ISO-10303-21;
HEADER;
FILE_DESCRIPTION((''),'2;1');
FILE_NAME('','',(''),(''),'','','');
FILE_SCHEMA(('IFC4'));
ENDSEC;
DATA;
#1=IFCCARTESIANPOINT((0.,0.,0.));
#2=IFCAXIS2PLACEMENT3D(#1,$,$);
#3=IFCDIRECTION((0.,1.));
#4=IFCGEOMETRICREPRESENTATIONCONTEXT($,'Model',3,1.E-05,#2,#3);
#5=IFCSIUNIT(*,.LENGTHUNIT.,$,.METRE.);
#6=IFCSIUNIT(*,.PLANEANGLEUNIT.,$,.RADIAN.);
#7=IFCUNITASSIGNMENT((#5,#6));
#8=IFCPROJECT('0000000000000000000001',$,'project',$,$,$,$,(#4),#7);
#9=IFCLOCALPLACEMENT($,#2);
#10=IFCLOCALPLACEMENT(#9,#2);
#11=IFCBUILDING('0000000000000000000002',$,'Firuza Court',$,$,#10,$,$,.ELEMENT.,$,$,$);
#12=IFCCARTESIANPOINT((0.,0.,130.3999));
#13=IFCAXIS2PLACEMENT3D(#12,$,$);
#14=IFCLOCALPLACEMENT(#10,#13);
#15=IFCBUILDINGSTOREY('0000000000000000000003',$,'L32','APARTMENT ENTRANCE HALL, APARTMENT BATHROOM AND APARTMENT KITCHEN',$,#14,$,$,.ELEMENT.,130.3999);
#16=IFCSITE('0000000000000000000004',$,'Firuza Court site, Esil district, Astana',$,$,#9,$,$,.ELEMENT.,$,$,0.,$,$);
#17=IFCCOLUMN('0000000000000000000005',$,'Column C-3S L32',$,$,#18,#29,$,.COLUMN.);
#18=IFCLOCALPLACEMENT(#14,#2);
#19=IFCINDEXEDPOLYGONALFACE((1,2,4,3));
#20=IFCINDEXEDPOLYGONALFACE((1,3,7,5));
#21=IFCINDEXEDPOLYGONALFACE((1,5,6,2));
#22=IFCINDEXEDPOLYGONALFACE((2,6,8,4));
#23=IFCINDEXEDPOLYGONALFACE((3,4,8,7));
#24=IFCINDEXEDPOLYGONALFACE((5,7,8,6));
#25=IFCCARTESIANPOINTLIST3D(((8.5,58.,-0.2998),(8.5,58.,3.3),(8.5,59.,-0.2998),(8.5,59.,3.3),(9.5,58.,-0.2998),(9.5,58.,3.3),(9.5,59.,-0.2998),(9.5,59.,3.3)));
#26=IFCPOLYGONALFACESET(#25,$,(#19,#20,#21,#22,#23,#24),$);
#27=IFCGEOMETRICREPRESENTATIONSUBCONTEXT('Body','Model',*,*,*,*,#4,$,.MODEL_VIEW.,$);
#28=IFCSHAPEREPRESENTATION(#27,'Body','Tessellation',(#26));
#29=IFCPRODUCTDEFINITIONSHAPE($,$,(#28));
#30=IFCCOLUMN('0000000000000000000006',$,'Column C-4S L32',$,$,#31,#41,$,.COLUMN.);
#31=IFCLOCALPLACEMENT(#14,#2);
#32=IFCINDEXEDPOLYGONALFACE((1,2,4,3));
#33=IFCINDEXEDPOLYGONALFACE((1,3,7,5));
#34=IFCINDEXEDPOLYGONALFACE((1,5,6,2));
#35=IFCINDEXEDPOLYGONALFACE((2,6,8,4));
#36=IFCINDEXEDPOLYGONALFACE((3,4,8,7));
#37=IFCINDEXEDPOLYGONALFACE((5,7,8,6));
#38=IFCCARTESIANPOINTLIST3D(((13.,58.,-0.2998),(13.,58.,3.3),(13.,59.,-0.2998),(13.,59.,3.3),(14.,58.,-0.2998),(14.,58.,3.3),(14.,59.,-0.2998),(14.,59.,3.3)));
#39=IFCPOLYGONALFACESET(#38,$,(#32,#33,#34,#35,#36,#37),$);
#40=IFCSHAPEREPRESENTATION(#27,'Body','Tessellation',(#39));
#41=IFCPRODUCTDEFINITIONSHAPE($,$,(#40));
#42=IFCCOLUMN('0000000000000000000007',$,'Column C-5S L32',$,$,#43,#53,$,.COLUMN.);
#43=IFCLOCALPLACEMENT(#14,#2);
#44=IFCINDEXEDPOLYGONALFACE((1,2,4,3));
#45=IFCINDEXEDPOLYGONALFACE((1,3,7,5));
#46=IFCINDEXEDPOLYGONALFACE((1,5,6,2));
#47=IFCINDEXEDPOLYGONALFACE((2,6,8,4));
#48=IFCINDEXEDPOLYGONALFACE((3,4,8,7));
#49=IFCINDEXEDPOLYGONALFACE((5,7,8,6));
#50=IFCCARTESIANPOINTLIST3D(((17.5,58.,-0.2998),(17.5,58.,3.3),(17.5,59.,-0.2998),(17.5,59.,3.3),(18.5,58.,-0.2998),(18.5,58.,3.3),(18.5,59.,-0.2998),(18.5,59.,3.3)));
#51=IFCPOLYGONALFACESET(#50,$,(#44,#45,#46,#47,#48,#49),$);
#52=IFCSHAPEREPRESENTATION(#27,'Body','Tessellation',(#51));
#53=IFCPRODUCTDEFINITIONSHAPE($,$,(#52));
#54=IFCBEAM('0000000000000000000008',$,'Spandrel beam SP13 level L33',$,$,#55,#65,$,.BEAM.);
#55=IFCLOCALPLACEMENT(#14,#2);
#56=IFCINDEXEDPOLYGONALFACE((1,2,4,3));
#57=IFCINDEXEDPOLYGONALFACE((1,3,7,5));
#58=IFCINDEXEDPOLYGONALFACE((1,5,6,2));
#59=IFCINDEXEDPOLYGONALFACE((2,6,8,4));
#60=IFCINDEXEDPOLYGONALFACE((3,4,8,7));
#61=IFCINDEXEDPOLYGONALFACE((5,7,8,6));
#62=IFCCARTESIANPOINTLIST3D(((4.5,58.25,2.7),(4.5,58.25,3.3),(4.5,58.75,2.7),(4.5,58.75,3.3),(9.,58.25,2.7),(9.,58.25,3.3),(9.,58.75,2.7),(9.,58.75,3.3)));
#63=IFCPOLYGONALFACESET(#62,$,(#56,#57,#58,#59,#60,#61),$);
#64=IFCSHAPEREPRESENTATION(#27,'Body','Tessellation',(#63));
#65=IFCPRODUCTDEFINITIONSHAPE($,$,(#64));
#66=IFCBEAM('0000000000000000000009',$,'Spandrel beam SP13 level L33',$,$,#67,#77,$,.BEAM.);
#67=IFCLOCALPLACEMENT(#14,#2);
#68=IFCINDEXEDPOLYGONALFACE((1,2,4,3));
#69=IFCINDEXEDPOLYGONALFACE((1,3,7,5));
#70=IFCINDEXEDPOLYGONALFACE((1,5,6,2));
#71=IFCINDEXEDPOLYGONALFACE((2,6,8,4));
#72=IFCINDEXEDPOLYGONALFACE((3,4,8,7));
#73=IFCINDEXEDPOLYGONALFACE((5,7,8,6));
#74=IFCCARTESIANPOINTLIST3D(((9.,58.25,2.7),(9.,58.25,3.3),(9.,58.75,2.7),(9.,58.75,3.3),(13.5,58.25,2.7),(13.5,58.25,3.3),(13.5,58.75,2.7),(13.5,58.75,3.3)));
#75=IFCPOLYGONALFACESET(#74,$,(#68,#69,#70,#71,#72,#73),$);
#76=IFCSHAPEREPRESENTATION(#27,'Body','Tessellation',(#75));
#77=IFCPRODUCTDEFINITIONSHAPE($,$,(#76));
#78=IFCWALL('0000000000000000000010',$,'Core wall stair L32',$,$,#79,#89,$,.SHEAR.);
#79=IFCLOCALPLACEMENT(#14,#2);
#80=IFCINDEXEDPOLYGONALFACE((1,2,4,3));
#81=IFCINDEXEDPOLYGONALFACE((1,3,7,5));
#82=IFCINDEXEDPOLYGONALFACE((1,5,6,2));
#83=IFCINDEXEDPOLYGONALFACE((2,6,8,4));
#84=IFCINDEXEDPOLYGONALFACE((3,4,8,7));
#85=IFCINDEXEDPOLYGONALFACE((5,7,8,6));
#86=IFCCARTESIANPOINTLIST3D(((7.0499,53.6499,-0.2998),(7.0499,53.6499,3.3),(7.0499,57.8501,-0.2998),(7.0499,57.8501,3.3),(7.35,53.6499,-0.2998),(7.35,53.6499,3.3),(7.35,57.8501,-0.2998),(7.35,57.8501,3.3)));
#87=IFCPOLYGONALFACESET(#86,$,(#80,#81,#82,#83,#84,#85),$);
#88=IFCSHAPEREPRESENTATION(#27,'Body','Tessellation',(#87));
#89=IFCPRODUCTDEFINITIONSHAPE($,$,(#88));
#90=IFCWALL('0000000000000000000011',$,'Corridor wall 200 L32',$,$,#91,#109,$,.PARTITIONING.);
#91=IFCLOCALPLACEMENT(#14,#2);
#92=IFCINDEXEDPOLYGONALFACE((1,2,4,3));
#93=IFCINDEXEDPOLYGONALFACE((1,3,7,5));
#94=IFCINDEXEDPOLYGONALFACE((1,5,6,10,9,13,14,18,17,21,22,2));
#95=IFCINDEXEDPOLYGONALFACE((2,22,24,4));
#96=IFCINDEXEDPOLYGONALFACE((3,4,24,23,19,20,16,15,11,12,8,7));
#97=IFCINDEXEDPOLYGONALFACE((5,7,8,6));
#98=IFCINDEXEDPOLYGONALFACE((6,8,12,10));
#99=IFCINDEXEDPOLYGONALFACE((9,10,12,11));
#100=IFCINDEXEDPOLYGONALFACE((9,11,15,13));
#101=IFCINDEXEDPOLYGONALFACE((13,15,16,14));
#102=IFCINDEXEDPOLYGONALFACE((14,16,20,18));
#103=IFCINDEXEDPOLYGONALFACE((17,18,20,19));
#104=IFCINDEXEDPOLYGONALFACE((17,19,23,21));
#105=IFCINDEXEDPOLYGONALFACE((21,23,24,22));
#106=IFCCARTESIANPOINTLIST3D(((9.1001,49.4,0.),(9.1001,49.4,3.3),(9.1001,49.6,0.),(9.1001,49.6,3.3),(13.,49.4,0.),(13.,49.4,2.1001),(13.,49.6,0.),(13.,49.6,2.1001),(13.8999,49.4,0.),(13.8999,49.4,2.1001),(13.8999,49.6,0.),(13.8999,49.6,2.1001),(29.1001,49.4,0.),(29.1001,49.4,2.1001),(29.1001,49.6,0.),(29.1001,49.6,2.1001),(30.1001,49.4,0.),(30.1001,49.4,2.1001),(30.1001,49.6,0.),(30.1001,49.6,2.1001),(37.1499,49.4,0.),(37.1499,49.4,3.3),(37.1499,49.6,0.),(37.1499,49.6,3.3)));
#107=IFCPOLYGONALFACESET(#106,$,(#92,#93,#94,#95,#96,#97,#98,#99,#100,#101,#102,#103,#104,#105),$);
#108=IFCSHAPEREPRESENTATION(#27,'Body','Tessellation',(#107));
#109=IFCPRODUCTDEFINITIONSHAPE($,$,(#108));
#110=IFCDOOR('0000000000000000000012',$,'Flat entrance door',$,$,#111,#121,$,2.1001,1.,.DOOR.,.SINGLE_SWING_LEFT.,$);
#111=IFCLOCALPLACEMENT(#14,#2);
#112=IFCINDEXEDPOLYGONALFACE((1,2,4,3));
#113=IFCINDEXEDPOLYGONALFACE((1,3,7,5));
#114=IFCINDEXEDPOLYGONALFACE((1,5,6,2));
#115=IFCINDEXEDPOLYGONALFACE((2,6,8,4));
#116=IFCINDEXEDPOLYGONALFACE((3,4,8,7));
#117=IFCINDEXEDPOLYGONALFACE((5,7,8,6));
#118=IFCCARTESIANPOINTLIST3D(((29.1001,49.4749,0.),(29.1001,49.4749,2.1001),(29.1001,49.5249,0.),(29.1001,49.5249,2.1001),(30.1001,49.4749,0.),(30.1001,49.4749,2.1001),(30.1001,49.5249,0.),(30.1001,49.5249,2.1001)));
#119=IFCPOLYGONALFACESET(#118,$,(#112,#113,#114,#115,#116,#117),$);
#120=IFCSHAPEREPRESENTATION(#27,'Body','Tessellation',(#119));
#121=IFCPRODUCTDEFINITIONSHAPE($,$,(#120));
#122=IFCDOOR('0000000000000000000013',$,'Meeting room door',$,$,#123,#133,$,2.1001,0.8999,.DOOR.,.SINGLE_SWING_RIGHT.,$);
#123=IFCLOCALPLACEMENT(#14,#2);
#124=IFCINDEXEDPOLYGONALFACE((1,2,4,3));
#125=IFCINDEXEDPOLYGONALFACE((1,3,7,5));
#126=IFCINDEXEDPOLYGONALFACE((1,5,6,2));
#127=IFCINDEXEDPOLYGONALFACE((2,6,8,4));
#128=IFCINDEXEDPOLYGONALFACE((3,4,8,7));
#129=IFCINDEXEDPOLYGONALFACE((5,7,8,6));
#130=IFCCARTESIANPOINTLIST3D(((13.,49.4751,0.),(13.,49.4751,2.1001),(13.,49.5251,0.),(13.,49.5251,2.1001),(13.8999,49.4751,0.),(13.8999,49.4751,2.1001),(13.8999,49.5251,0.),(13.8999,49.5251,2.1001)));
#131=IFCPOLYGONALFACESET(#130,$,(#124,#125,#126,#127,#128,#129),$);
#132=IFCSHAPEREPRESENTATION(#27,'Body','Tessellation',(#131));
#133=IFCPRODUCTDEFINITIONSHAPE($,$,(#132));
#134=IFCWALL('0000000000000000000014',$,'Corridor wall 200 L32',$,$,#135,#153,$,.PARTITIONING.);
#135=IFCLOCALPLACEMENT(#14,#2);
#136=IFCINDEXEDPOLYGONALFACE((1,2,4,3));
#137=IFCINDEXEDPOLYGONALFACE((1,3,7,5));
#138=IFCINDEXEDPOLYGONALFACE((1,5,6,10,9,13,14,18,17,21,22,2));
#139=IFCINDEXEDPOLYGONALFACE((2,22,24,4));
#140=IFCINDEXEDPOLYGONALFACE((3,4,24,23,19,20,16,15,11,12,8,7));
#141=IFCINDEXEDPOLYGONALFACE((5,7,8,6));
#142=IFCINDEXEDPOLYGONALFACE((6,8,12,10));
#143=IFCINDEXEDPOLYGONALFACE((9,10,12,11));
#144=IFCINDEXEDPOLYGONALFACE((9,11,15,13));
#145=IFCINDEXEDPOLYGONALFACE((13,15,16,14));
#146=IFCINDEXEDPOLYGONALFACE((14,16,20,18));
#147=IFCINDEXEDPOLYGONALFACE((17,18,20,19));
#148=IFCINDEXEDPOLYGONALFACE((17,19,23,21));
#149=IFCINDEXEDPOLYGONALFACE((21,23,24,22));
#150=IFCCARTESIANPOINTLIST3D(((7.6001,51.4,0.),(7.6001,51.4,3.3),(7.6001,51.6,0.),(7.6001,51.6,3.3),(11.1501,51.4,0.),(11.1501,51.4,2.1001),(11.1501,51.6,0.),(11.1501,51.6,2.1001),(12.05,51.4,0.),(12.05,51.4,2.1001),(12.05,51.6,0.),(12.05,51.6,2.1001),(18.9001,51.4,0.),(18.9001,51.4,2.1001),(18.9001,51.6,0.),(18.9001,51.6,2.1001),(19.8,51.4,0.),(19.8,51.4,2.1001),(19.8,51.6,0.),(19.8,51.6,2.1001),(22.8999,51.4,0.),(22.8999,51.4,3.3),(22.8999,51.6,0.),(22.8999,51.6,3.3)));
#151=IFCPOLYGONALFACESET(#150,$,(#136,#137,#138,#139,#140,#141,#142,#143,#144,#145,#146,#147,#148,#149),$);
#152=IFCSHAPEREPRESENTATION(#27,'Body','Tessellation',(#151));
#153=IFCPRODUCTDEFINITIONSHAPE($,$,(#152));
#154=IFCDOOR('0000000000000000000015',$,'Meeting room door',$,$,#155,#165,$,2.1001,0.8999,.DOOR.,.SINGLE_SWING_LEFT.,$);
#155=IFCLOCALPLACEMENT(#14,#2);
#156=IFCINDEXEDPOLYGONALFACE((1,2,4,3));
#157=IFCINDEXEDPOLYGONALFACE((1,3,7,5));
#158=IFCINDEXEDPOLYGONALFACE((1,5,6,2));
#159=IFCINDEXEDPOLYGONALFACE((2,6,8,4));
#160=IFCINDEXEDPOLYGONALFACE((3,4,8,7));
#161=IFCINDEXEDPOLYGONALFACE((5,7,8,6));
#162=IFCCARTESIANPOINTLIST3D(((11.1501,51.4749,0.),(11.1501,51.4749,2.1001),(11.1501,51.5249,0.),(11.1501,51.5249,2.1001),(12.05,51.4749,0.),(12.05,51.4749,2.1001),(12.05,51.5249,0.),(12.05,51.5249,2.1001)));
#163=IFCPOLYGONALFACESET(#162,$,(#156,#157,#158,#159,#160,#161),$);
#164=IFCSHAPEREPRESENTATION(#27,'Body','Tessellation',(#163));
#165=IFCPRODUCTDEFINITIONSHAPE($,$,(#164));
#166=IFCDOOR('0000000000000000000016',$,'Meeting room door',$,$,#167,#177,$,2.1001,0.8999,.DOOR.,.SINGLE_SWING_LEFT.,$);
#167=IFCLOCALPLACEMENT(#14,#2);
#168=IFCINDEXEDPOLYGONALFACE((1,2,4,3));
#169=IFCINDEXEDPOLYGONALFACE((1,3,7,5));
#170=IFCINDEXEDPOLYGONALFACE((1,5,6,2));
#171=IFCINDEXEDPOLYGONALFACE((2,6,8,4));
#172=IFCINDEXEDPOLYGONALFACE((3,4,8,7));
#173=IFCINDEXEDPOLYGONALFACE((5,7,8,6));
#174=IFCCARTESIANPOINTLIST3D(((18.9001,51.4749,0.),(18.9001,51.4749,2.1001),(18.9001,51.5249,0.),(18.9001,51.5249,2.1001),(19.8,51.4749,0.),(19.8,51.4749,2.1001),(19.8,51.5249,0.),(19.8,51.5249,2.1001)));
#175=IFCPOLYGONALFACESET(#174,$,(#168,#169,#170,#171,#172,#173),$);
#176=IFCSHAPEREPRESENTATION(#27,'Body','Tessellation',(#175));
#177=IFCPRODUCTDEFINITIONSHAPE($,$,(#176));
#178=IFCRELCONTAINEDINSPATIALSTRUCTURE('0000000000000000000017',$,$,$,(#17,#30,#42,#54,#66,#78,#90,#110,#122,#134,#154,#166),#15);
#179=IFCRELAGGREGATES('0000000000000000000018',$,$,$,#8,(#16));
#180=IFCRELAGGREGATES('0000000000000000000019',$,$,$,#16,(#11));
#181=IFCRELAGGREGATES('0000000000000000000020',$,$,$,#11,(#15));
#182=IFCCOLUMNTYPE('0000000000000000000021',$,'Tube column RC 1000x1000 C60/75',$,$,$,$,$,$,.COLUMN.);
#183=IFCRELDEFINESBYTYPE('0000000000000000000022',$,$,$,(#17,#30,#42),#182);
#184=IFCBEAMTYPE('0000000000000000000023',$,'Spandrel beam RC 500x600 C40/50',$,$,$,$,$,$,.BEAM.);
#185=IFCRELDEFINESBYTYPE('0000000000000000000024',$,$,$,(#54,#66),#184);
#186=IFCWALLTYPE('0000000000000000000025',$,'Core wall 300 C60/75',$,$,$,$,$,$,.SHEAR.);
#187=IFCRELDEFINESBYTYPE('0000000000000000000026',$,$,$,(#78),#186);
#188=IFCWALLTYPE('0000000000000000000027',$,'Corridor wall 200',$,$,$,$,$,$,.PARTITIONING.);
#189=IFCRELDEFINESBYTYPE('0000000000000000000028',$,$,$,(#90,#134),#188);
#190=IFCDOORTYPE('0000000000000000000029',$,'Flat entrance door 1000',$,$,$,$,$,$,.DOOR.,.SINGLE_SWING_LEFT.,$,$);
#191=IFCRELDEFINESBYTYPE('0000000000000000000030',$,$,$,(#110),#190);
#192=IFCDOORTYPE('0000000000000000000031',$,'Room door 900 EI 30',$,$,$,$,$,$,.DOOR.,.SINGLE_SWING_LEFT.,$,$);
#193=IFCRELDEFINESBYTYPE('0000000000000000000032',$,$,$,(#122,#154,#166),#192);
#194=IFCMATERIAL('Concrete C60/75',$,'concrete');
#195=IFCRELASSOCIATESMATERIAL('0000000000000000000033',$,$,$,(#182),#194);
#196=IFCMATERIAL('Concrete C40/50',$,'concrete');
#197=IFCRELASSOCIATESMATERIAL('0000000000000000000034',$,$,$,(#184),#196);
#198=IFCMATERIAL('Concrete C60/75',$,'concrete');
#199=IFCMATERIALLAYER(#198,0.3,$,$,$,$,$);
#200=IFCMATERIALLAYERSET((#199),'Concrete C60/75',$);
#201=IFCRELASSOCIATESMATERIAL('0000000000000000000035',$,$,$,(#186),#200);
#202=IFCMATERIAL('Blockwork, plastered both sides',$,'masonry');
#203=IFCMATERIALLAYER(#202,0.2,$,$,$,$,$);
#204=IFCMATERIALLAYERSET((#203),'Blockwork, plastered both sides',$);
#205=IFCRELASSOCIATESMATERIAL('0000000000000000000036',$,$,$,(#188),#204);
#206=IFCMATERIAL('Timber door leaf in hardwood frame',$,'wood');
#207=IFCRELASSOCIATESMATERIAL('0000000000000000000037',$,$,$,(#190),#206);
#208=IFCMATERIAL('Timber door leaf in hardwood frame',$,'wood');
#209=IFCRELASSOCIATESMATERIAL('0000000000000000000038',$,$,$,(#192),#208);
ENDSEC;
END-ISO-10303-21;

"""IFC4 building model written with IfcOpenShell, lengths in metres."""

from ifc_helpers import new_model, si_unit, direction, frame, frame_2d, origin, origin_2d, place, context, subcontext, project, spatial, rectangle, extrude, material, layer, layer_set, material_profile, profile_set, type_object, element, fill, save


model = new_model("IFC4")

# Units and contexts
model_context = context("Model", 3, precision=1e-05, world=origin(), true_north=direction((0.0, 1.0)))
body_context = subcontext(model_context, "Body", "Model", "MODEL_VIEW")
ifc_project = project(units=[si_unit("LENGTHUNIT", "METRE"), si_unit("PLANEANGLEUNIT", "RADIAN")], contexts=[model_context])

# Site, building, storey
site_placement = place(None, origin())
site = spatial("IfcSite", under=ifc_project, at=site_placement, Name="Firuza Court site, Esil district, Astana", CompositionType="ELEMENT", RefElevation=0.0)
building_placement = place(site_placement, origin())
building = spatial("IfcBuilding", under=site, at=building_placement, Name="Firuza Court", CompositionType="ELEMENT")
storey_placement = place(building_placement, frame((0.0, 0.0, 130.3999)))
storey = spatial("IfcBuildingStorey", under=building, at=storey_placement, Name="L32", Description="APARTMENT ENTRANCE HALL, APARTMENT BATHROOM AND APARTMENT KITCHEN", CompositionType="ELEMENT", Elevation=130.3999)

# Columns
ifc_material_1 = material(Name="Concrete C60/75", Category="concrete")
ifc_material_profile_1 = material_profile(ifc_material_1, rectangle(XDim=1.0, YDim=1.0, at=origin_2d()), Name="RC 1000x1000")
ifc_profile_set_1 = profile_set([ifc_material_profile_1], Name="Concrete C60/75")
column_type = type_object("IfcColumnType", Name="Tube column RC 1000x1000 C60/75", PredefinedType="COLUMN", material=ifc_profile_set_1)
for number, where, z_axis, x_axis, name in (
    (1, (9.0, 58.5, -0.2998), (0.0, 0.0, 1.0), (1.0, 0.0, 0.0), "Column C-3S L32"),
    (2, (13.5, 58.5, -0.2998), (0.0, 0.0, 1.0), (1.0, 0.0, 0.0), "Column C-4S L32"),
    (3, (18.0, 58.5, -0.2998), (0.0, 0.0, 1.0), (1.0, 0.0, 0.0), "Column C-5S L32"),
):
    element("IfcColumn", number, at=place(storey_placement, frame(where, z_axis=z_axis, x_axis=x_axis)), inside=storey, type_object=column_type, Name=name, PredefinedType="COLUMN", context=body_context, shape_type="SweptSolid", body=[
        extrude(rectangle(XDim=1.0, YDim=1.0, at=origin_2d()), origin(), (0.0, 0.0, 1.0), 3.5999),
    ])

# Beams
ifc_material_2 = material(Name="Concrete C40/50", Category="concrete")
ifc_material_profile_2 = material_profile(ifc_material_2, rectangle(XDim=0.5, YDim=0.6001, at=origin_2d()), Name="RC 500x600")
ifc_profile_set_2 = profile_set([ifc_material_profile_2], Name="Concrete C40/50")
beam_type = type_object("IfcBeamType", Name="Spandrel beam RC 500x600 C40/50", PredefinedType="BEAM", material=ifc_profile_set_2)
for number, where, z_axis, x_axis, name in (
    (4, (9.0, 58.5, 3.0), (-1.0, 0.0, 0.0), (0.0, -1.0, 0.0), "Spandrel beam SP13 level L33"),
    (5, (13.5, 58.5, 3.0), (-1.0, 0.0, 0.0), (0.0, -1.0, 0.0), "Spandrel beam SP13 level L33"),
):
    element("IfcBeam", number, at=place(storey_placement, frame(where, z_axis=z_axis, x_axis=x_axis)), inside=storey, type_object=beam_type, Name=name, PredefinedType="BEAM", context=body_context, shape_type="SweptSolid", body=[
        extrude(rectangle(XDim=0.5, YDim=0.6001, at=origin_2d()), origin(), (0.0, 0.0, 1.0), 4.5),
    ])

# Wall
ifc_material_3 = material(Name="Concrete C60/75", Category="concrete")
ifc_layer_1 = layer(ifc_material_3, 0.3)
ifc_layer_set_1 = layer_set([ifc_layer_1], Name="Concrete C60/75")
wall_type_1 = type_object("IfcWallType", Name="Core wall 300 C60/75", PredefinedType="SHEAR", material=ifc_layer_set_1)
wall_1_placement = place(storey_placement, frame((7.2, 53.6499, -0.2998), z_axis=(0.0, 0.0, 1.0), x_axis=(0.0, 1.0, 0.0)))
element("IfcWall", 6, at=wall_1_placement, inside=storey, type_object=wall_type_1, Name="Core wall stair L32", PredefinedType="SHEAR", context=body_context, shape_type="SweptSolid", body=[
    extrude(rectangle(XDim=4.2002, YDim=0.3, at=frame_2d((2.1001, 0.0))), origin(), (0.0, 0.0, 1.0), 3.5999),
])

# Walls, openings, doors
ifc_material_4 = material(Name="Blockwork, plastered both sides", Category="masonry")
ifc_layer_2 = layer(ifc_material_4, 0.2)
ifc_layer_set_2 = layer_set([ifc_layer_2], Name="Blockwork, plastered both sides")
wall_type_2 = type_object("IfcWallType", Name="Corridor wall 200", PredefinedType="PARTITIONING", material=ifc_layer_set_2)
wall_2_placement = place(storey_placement, frame((9.1001, 49.5, 0.0), z_axis=(0.0, 0.0, 1.0), x_axis=(1.0, 0.0, 0.0)))
wall_2 = element("IfcWall", 7, at=wall_2_placement, inside=storey, type_object=wall_type_2, Name="Corridor wall 200 L32", PredefinedType="PARTITIONING", context=body_context, shape_type="SweptSolid", body=[
    extrude(rectangle(XDim=28.0498, YDim=0.2, at=frame_2d((14.0249, 0.0))), origin(), (0.0, 0.0, 1.0), 3.3),
])
opening_1_placement = place(wall_2_placement, frame((20.0, 0.0, 0.0)))
opening_1 = element("IfcOpeningElement", 8, at=opening_1_placement, cuts=wall_2, PredefinedType="OPENING", context=body_context, shape_type="SweptSolid", body=[
    extrude(rectangle(XDim=1.0, YDim=2.1001, at=frame_2d((0.5, 1.05))), frame((0.0, 0.1118, 0.0), z_axis=(0.0, -1.0, 0.0), x_axis=(1.0, 0.0, 0.0)), (0.0, 0.0, 1.0), 0.2239),
])
opening_2_placement = place(wall_2_placement, frame((3.8999, 0.0, 0.0)))
opening_2 = element("IfcOpeningElement", 9, at=opening_2_placement, cuts=wall_2, PredefinedType="OPENING", context=body_context, shape_type="SweptSolid", body=[
    extrude(rectangle(XDim=0.8999, YDim=2.1001, at=frame_2d((0.45, 1.05))), frame((0.0, 0.1118, 0.0), z_axis=(0.0, -1.0, 0.0), x_axis=(1.0, 0.0, 0.0)), (0.0, 0.0, 1.0), 0.2239),
])
ifc_material_5 = material(Name="Timber door leaf in hardwood frame", Category="wood")
door_type_1 = type_object("IfcDoorType", Name="Flat entrance door 1000", OperationType="SINGLE_SWING_LEFT", PredefinedType="DOOR", material=ifc_material_5)
door_1_placement = place(opening_1_placement, origin())
door_1 = element("IfcDoor", 10, at=door_1_placement, inside=storey, type_object=door_type_1, Name="Flat entrance door", OperationType="SINGLE_SWING_LEFT", OverallHeight=2.1001, OverallWidth=1.0, PredefinedType="DOOR", context=body_context, shape_type="SweptSolid", body=[
    extrude(rectangle(XDim=1.0, YDim=2.1001, at=frame_2d((0.5, 1.05))), frame((0.0, 0.0249, 0.0), z_axis=(0.0, -1.0, 0.0), x_axis=(1.0, 0.0, 0.0)), (0.0, 0.0, 1.0), 0.05),
])
fill(opening_1, door_1)
ifc_material_6 = material(Name="Timber door leaf in hardwood frame", Category="wood")
door_type_2 = type_object("IfcDoorType", Name="Room door 900 EI 30", OperationType="SINGLE_SWING_LEFT", PredefinedType="DOOR", material=ifc_material_6)
door_2_placement = place(opening_2_placement, frame((0.8999, 0.0, 0.0), z_axis=(0.0, 0.0, 1.0), x_axis=(-1.0, 0.0, 0.0)))
door_2 = element("IfcDoor", 11, at=door_2_placement, inside=storey, type_object=door_type_2, Name="Meeting room door", OperationType="SINGLE_SWING_RIGHT", OverallHeight=2.1001, OverallWidth=0.8999, PredefinedType="DOOR", context=body_context, shape_type="SweptSolid", body=[
    extrude(rectangle(XDim=0.8999, YDim=2.1001, at=frame_2d((0.45, 1.05))), frame((0.0, 0.0249, 0.0), z_axis=(0.0, -1.0, 0.0), x_axis=(1.0, 0.0, 0.0)), (0.0, 0.0, 1.0), 0.05),
])
fill(opening_2, door_2)
wall_3_placement = place(storey_placement, frame((7.6001, 51.5, 0.0), z_axis=(0.0, 0.0, 1.0), x_axis=(1.0, 0.0, 0.0)))
wall_3 = element("IfcWall", 12, at=wall_3_placement, inside=storey, type_object=wall_type_2, Name="Corridor wall 200 L32", PredefinedType="PARTITIONING", context=body_context, shape_type="SweptSolid", body=[
    extrude(rectangle(XDim=15.2998, YDim=0.2, at=frame_2d((7.6499, 0.0))), origin(), (0.0, 0.0, 1.0), 3.3),
])
opening_3_placement = place(wall_3_placement, frame((3.55, 0.0, 0.0)))
opening_3 = element("IfcOpeningElement", 13, at=opening_3_placement, cuts=wall_3, PredefinedType="OPENING", context=body_context, shape_type="SweptSolid", body=[
    extrude(rectangle(XDim=0.8999, YDim=2.1001, at=frame_2d((0.45, 1.05))), frame((0.0, 0.1118, 0.0), z_axis=(0.0, -1.0, 0.0), x_axis=(1.0, 0.0, 0.0)), (0.0, 0.0, 1.0), 0.2239),
])
opening_4_placement = place(wall_3_placement, frame((11.3, 0.0, 0.0)))
opening_4 = element("IfcOpeningElement", 14, at=opening_4_placement, cuts=wall_3, PredefinedType="OPENING", context=body_context, shape_type="SweptSolid", body=[
    extrude(rectangle(XDim=0.8999, YDim=2.1001, at=frame_2d((0.45, 1.05))), frame((0.0, 0.1118, 0.0), z_axis=(0.0, -1.0, 0.0), x_axis=(1.0, 0.0, 0.0)), (0.0, 0.0, 1.0), 0.2239),
])
door_3_placement = place(opening_3_placement, origin())
door_3 = element("IfcDoor", 15, at=door_3_placement, inside=storey, type_object=door_type_2, Name="Meeting room door", OperationType="SINGLE_SWING_LEFT", OverallHeight=2.1001, OverallWidth=0.8999, PredefinedType="DOOR", context=body_context, shape_type="SweptSolid", body=[
    extrude(rectangle(XDim=0.8999, YDim=2.1001, at=frame_2d((0.45, 1.05))), frame((0.0, 0.0249, 0.0), z_axis=(0.0, -1.0, 0.0), x_axis=(1.0, 0.0, 0.0)), (0.0, 0.0, 1.0), 0.05),
])
fill(opening_3, door_3)
door_4_placement = place(opening_4_placement, origin())
door_4 = element("IfcDoor", 16, at=door_4_placement, inside=storey, type_object=door_type_2, Name="Meeting room door", OperationType="SINGLE_SWING_LEFT", OverallHeight=2.1001, OverallWidth=0.8999, PredefinedType="DOOR", context=body_context, shape_type="SweptSolid", body=[
    extrude(rectangle(XDim=0.8999, YDim=2.1001, at=frame_2d((0.45, 1.05))), frame((0.0, 0.0249, 0.0), z_axis=(0.0, -1.0, 0.0), x_axis=(1.0, 0.0, 0.0)), (0.0, 0.0, 1.0), 0.05),
])
fill(opening_4, door_4)

save(model, "model.ifc")
